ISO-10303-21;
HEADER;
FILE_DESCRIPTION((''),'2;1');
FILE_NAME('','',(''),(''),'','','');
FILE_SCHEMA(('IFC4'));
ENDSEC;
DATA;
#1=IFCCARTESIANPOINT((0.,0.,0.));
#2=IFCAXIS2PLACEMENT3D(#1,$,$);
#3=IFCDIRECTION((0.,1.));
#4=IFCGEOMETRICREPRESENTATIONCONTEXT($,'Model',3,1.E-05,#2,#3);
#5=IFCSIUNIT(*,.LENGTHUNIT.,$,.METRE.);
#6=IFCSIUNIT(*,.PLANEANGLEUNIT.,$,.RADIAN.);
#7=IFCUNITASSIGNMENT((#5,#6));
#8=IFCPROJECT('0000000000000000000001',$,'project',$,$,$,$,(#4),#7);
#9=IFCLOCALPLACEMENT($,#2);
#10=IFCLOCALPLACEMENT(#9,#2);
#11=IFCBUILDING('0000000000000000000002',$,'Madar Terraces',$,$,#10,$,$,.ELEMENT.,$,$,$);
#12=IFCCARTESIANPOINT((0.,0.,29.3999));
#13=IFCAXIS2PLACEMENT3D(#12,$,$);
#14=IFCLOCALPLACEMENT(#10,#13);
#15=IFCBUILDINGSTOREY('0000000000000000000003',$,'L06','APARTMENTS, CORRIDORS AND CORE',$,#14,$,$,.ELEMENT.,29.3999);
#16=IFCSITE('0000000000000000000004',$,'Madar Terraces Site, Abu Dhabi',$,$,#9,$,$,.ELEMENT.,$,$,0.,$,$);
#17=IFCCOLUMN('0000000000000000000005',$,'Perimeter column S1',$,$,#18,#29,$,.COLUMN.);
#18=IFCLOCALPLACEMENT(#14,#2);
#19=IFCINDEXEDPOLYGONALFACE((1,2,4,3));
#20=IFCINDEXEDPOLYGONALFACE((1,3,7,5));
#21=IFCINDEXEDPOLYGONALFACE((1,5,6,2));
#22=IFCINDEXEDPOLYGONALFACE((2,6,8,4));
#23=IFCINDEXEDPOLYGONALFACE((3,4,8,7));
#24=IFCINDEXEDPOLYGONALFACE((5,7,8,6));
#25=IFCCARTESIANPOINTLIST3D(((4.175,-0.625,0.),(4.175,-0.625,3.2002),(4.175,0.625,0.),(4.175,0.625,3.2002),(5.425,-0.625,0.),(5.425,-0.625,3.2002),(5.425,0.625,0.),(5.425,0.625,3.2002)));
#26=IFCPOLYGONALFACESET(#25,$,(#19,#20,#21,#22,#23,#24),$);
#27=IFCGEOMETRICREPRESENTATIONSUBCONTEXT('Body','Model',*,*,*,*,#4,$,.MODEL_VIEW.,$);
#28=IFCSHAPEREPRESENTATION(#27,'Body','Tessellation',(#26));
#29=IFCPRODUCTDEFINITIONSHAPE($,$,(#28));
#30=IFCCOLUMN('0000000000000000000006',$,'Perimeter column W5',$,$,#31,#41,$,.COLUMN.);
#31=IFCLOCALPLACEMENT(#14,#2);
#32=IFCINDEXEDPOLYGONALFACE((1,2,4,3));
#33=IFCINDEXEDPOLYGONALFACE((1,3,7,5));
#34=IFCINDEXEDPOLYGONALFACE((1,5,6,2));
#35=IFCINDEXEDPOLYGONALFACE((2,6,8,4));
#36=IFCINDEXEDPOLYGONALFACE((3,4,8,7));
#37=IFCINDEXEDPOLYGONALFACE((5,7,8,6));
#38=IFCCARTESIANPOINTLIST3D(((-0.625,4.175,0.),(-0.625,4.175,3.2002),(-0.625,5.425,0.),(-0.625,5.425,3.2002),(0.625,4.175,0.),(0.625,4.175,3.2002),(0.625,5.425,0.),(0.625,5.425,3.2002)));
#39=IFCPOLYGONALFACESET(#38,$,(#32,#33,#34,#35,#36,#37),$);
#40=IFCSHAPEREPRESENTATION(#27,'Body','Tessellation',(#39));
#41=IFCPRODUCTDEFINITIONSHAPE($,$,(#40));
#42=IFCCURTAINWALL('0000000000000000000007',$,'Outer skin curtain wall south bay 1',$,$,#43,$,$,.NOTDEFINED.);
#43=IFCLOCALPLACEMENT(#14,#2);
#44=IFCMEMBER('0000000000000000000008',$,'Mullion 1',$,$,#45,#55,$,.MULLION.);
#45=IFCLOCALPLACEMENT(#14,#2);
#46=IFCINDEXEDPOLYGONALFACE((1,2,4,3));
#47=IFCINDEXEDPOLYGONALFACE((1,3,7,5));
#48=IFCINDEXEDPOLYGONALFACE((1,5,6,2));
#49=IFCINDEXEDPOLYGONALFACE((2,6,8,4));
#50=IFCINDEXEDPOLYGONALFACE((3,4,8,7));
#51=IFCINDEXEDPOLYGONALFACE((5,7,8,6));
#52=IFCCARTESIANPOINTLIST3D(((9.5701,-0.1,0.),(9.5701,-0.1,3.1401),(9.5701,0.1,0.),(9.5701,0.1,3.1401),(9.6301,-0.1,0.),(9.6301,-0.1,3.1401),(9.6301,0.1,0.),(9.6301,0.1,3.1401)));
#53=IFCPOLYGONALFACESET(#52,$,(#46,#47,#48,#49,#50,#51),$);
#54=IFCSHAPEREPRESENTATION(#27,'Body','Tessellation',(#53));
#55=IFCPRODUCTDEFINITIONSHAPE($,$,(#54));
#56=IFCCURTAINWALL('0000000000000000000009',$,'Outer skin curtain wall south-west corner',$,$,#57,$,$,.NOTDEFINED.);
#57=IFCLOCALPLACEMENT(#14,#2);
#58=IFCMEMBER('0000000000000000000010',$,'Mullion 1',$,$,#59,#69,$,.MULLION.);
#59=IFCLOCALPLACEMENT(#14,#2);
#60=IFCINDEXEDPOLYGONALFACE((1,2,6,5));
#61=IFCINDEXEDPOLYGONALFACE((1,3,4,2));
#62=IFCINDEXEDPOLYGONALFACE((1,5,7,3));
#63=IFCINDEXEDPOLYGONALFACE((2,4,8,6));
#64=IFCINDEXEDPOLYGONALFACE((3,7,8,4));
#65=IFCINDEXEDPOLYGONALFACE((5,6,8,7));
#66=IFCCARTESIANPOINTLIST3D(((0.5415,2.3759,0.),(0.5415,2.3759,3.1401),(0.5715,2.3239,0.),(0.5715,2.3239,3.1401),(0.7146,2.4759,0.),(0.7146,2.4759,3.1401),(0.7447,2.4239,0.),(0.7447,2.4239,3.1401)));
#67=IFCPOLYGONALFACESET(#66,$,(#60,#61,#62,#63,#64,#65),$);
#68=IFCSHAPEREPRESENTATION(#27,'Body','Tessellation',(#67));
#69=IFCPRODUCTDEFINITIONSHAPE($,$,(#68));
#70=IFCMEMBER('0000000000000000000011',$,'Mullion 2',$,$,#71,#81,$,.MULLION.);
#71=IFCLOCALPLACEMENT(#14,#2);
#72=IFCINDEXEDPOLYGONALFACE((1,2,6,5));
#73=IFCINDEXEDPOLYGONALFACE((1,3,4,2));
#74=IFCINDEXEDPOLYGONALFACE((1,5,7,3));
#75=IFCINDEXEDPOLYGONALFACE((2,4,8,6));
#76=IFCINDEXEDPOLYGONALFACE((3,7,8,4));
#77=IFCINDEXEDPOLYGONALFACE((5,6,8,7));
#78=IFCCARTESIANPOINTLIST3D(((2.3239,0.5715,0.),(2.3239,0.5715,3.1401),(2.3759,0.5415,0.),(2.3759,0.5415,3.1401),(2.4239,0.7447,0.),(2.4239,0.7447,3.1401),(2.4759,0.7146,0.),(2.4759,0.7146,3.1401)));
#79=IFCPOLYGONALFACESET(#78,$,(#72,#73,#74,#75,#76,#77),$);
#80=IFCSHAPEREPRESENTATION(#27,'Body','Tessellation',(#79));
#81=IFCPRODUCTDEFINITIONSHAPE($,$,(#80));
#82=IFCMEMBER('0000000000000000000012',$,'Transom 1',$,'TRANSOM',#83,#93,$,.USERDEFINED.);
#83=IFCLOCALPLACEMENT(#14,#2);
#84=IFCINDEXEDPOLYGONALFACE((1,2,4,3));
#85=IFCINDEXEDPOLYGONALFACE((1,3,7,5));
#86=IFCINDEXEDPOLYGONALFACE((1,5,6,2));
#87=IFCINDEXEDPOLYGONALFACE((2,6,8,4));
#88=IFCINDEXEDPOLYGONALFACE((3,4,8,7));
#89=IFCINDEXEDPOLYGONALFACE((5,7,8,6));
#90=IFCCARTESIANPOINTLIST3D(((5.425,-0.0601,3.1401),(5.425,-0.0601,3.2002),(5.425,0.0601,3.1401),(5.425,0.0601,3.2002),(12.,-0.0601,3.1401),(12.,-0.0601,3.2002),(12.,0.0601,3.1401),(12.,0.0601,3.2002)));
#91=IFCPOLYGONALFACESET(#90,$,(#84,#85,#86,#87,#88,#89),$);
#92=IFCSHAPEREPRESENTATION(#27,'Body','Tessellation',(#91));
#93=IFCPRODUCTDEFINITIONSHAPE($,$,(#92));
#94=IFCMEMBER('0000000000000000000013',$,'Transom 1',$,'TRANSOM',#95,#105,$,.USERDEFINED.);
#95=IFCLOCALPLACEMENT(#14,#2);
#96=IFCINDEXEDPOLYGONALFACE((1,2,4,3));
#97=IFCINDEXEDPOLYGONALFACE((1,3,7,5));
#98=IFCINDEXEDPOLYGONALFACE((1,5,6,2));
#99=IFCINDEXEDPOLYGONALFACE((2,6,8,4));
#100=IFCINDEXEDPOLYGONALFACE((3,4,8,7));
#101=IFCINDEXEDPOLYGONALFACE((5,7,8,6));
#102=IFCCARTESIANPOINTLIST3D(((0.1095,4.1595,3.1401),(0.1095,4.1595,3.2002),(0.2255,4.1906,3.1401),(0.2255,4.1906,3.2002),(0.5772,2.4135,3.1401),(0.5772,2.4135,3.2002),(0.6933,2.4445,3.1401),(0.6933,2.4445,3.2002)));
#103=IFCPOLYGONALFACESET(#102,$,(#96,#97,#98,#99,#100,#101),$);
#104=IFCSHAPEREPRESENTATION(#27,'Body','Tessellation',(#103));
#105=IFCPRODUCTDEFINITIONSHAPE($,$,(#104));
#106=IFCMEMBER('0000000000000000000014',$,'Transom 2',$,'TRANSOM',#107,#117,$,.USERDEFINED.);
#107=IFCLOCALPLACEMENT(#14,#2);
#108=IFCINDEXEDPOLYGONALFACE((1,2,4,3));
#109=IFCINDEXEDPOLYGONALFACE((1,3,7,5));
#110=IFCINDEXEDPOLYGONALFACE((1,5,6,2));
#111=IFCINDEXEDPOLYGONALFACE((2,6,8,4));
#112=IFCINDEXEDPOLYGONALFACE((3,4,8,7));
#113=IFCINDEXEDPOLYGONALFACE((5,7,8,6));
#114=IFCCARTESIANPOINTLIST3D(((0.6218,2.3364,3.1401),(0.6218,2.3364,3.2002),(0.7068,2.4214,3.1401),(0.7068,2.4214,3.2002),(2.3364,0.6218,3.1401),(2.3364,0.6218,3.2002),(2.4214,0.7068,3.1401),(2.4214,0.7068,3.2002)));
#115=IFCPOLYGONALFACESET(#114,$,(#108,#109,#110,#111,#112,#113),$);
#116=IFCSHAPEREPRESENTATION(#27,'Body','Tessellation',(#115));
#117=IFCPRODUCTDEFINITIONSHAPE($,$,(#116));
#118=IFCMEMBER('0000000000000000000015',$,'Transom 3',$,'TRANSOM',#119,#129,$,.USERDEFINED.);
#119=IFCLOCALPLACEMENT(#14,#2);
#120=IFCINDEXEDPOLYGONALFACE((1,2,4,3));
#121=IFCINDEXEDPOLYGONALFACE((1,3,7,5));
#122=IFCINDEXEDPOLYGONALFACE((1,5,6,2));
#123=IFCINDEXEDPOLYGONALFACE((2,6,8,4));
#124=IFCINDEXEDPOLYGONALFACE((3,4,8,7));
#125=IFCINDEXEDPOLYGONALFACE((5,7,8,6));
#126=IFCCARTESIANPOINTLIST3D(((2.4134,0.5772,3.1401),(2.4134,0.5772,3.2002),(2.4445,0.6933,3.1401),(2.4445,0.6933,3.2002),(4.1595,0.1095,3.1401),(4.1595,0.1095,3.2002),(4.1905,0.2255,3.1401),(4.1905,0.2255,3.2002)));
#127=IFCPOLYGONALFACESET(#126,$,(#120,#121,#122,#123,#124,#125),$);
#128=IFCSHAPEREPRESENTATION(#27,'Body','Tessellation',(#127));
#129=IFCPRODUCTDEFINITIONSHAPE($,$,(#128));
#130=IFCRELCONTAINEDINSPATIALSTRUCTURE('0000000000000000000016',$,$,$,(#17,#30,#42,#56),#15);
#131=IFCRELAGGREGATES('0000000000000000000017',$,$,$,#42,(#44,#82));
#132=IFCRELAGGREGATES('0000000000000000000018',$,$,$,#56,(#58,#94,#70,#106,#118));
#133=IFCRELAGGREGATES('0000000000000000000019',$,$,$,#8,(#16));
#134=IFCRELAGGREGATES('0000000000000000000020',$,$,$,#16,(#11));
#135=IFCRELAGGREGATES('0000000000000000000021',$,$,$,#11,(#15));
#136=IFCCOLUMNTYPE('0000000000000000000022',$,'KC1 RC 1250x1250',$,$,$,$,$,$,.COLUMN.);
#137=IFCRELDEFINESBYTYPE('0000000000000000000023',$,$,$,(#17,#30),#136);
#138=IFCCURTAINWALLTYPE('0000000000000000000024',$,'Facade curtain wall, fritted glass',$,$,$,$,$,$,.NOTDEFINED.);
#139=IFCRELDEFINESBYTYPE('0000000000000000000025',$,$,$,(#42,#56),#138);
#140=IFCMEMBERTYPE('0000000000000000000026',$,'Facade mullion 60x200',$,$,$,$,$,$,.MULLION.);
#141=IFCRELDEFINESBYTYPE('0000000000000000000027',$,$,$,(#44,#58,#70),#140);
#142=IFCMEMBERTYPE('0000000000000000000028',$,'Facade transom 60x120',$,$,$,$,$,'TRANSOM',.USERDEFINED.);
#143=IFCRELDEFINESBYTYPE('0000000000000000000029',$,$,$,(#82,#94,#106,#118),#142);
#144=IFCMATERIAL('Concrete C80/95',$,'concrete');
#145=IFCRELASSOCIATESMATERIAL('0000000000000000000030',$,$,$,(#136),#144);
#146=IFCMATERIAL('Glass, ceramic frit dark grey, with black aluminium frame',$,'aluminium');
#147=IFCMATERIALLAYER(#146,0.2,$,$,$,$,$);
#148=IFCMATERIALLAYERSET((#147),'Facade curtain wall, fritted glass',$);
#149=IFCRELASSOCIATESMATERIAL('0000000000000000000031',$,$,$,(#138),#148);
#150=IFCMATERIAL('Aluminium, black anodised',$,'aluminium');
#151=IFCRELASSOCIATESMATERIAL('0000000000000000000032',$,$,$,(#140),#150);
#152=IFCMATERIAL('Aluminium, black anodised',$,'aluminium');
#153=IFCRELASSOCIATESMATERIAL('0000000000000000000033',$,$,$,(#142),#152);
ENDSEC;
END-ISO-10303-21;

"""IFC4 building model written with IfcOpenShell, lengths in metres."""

from ifc_helpers import new_model, si_unit, direction, frame, origin, origin_2d, place, context, subcontext, project, spatial, rectangle, extrude, material, layer, layer_set, material_profile, profile_set, type_object, element, aggregate, save


model = new_model("IFC4")

# Units and contexts
model_context = context("Model", 3, precision=1e-05, world=origin(), true_north=direction((0.0, 1.0)))
body_context = subcontext(model_context, "Body", "Model", "MODEL_VIEW")
ifc_project = project(units=[si_unit("LENGTHUNIT", "METRE"), si_unit("PLANEANGLEUNIT", "RADIAN")], contexts=[model_context])

# Site, building, storey
site_placement = place(None, origin())
site = spatial("IfcSite", under=ifc_project, at=site_placement, Name="Madar Terraces Site, Abu Dhabi", CompositionType="ELEMENT", RefElevation=0.0)
building_placement = place(site_placement, origin())
building = spatial("IfcBuilding", under=site, at=building_placement, Name="Madar Terraces", CompositionType="ELEMENT")
storey_placement = place(building_placement, frame((0.0, 0.0, 29.3999)))
storey = spatial("IfcBuildingStorey", under=building, at=storey_placement, Name="L06", Description="APARTMENTS, CORRIDORS AND CORE", CompositionType="ELEMENT", Elevation=29.3999)

# Columns
ifc_material_1 = material(Name="Concrete C80/95", Category="concrete")
ifc_material_profile_1 = material_profile(ifc_material_1, rectangle(XDim=1.25, YDim=1.25, at=origin_2d()), Name="KC1 RC 1250x1250")
ifc_profile_set_1 = profile_set([ifc_material_profile_1], Name="Concrete C80/95")
column_type = type_object("IfcColumnType", Name="KC1 RC 1250x1250", PredefinedType="COLUMN", material=ifc_profile_set_1)
for number, where, z_axis, x_axis, name in (
    (1, (4.8, 0.0, 0.0), (0.0, 0.0, 1.0), (1.0, 0.0, 0.0), "Perimeter column S1"),
    (2, (0.0, 4.8, 0.0), (0.0, 0.0, 1.0), (1.0, 0.0, 0.0), "Perimeter column W5"),
):
    element("IfcColumn", number, at=place(storey_placement, frame(where, z_axis=z_axis, x_axis=x_axis)), inside=storey, type_object=column_type, Name=name, PredefinedType="COLUMN", context=body_context, shape_type="SweptSolid", body=[
        extrude(rectangle(XDim=1.25, YDim=1.25, at=origin_2d()), origin(), (0.0, 0.0, 1.0), 3.2002),
    ])

# Curtain wall, member
ifc_material_2 = material(Name="Glass, ceramic frit dark grey, with black aluminium frame", Category="aluminium")
ifc_layer_1 = layer(ifc_material_2, 0.2)
ifc_layer_set_1 = layer_set([ifc_layer_1], Name="Facade curtain wall, fritted glass")
curtain_wall_type = type_object("IfcCurtainWallType", Name="Facade curtain wall, fritted glass", PredefinedType="NOTDEFINED", material=ifc_layer_set_1)
curtain_wall_1_placement = place(storey_placement, origin())
curtain_wall_1 = element("IfcCurtainWall", 3, at=curtain_wall_1_placement, inside=storey, type_object=curtain_wall_type, Name="Outer skin curtain wall south bay 1", PredefinedType="NOTDEFINED")
ifc_material_3 = material(Name="Aluminium, black anodised", Category="aluminium")
ifc_material_profile_2 = material_profile(ifc_material_3, rectangle(XDim=0.2, YDim=0.0601, at=origin_2d()), Name="Facade mullion 60x200")
ifc_profile_set_2 = profile_set([ifc_material_profile_2], Name="Aluminium, black anodised")
member_type_1 = type_object("IfcMemberType", Name="Facade mullion 60x200", PredefinedType="MULLION", material=ifc_profile_set_2)
member_1_placement = place(storey_placement, frame((9.6001, 0.0, 0.0), z_axis=(0.0, 0.0, 1.0), x_axis=(0.0, 1.0, 0.0)))
member_1 = element("IfcMember", 4, at=member_1_placement, type_object=member_type_1, Name="Mullion 1", PredefinedType="MULLION", context=body_context, shape_type="SweptSolid", body=[
    extrude(rectangle(XDim=0.2, YDim=0.0601, at=origin_2d()), origin(), (0.0, 0.0, 1.0), 3.1401),
])

# Curtain wall, members
curtain_wall_2_placement = place(storey_placement, origin())
curtain_wall_2 = element("IfcCurtainWall", 5, at=curtain_wall_2_placement, inside=storey, type_object=curtain_wall_type, Name="Outer skin curtain wall south-west corner", PredefinedType="NOTDEFINED")
member_2_placement = place(storey_placement, frame((0.6431, 2.3999, 0.0), z_axis=(0.0, 0.0, 1.0), x_axis=(0.866025, 0.5, 0.0)))
member_2 = element("IfcMember", 6, at=member_2_placement, type_object=member_type_1, Name="Mullion 1", PredefinedType="MULLION", context=body_context, shape_type="SweptSolid", body=[
    extrude(rectangle(XDim=0.2, YDim=0.0601, at=origin_2d()), origin(), (0.0, 0.0, 1.0), 3.1401),
])
member_3_placement = place(storey_placement, frame((2.3999, 0.6431, 0.0), z_axis=(0.0, 0.0, 1.0), x_axis=(0.5, 0.866025, 0.0)))
member_3 = element("IfcMember", 7, at=member_3_placement, type_object=member_type_1, Name="Mullion 2", PredefinedType="MULLION", context=body_context, shape_type="SweptSolid", body=[
    extrude(rectangle(XDim=0.2, YDim=0.0601, at=origin_2d()), origin(), (0.0, 0.0, 1.0), 3.1401),
])

# Members
ifc_material_4 = material(Name="Aluminium, black anodised", Category="aluminium")
ifc_material_profile_3 = material_profile(ifc_material_4, rectangle(XDim=0.1201, YDim=0.0601, at=origin_2d()), Name="Facade transom 60x120")
ifc_profile_set_3 = profile_set([ifc_material_profile_3], Name="Aluminium, black anodised")
member_type_2 = type_object("IfcMemberType", Name="Facade transom 60x120", ElementType="TRANSOM", PredefinedType="USERDEFINED", material=ifc_profile_set_3)
member_4_placement = place(storey_placement, frame((5.425, 0.0, 3.1702), z_axis=(1.0, 0.0, 0.0), x_axis=(0.0, 1.0, 0.0)))
member_4 = element("IfcMember", 8, at=member_4_placement, type_object=member_type_2, Name="Transom 1", ObjectType="TRANSOM", PredefinedType="USERDEFINED", context=body_context, shape_type="SweptSolid", body=[
    extrude(rectangle(XDim=0.1201, YDim=0.0601, at=origin_2d()), origin(), (0.0, 0.0, 1.0), 6.575),
])
member_5_placement = place(storey_placement, frame((0.1675, 4.175, 3.1702), z_axis=(0.258772, -0.965938, 0.0), x_axis=(0.965938, 0.258772, 0.0)))
member_5 = element("IfcMember", 9, at=member_5_placement, type_object=member_type_2, Name="Transom 1", ObjectType="TRANSOM", PredefinedType="USERDEFINED", context=body_context, shape_type="SweptSolid", body=[
    extrude(rectangle(XDim=0.1201, YDim=0.0601, at=origin_2d()), origin(), (0.0, 0.0, 1.0), 1.8076),
])
member_6_placement = place(storey_placement, frame((0.6643, 2.3789, 3.1702), z_axis=(0.707107, -0.707107, 0.0), x_axis=(0.707107, 0.707107, 0.0)))
member_6 = element("IfcMember", 10, at=member_6_placement, type_object=member_type_2, Name="Transom 2", ObjectType="TRANSOM", PredefinedType="USERDEFINED", context=body_context, shape_type="SweptSolid", body=[
    extrude(rectangle(XDim=0.1201, YDim=0.0601, at=origin_2d()), origin(), (0.0, 0.0, 1.0), 2.4248),
])
member_7_placement = place(storey_placement, frame((2.429, 0.6353, 3.1702), z_axis=(0.965938, -0.258772, 0.0), x_axis=(0.258772, 0.965938, 0.0)))
member_7 = element("IfcMember", 11, at=member_7_placement, type_object=member_type_2, Name="Transom 3", ObjectType="TRANSOM", PredefinedType="USERDEFINED", context=body_context, shape_type="SweptSolid", body=[
    extrude(rectangle(XDim=0.1201, YDim=0.0601, at=origin_2d()), origin(), (0.0, 0.0, 1.0), 1.8076),
])

aggregate(curtain_wall_1, [member_1, member_4])
aggregate(curtain_wall_2, [member_2, member_5, member_3, member_6, member_7])

save(model, "model.ifc")
